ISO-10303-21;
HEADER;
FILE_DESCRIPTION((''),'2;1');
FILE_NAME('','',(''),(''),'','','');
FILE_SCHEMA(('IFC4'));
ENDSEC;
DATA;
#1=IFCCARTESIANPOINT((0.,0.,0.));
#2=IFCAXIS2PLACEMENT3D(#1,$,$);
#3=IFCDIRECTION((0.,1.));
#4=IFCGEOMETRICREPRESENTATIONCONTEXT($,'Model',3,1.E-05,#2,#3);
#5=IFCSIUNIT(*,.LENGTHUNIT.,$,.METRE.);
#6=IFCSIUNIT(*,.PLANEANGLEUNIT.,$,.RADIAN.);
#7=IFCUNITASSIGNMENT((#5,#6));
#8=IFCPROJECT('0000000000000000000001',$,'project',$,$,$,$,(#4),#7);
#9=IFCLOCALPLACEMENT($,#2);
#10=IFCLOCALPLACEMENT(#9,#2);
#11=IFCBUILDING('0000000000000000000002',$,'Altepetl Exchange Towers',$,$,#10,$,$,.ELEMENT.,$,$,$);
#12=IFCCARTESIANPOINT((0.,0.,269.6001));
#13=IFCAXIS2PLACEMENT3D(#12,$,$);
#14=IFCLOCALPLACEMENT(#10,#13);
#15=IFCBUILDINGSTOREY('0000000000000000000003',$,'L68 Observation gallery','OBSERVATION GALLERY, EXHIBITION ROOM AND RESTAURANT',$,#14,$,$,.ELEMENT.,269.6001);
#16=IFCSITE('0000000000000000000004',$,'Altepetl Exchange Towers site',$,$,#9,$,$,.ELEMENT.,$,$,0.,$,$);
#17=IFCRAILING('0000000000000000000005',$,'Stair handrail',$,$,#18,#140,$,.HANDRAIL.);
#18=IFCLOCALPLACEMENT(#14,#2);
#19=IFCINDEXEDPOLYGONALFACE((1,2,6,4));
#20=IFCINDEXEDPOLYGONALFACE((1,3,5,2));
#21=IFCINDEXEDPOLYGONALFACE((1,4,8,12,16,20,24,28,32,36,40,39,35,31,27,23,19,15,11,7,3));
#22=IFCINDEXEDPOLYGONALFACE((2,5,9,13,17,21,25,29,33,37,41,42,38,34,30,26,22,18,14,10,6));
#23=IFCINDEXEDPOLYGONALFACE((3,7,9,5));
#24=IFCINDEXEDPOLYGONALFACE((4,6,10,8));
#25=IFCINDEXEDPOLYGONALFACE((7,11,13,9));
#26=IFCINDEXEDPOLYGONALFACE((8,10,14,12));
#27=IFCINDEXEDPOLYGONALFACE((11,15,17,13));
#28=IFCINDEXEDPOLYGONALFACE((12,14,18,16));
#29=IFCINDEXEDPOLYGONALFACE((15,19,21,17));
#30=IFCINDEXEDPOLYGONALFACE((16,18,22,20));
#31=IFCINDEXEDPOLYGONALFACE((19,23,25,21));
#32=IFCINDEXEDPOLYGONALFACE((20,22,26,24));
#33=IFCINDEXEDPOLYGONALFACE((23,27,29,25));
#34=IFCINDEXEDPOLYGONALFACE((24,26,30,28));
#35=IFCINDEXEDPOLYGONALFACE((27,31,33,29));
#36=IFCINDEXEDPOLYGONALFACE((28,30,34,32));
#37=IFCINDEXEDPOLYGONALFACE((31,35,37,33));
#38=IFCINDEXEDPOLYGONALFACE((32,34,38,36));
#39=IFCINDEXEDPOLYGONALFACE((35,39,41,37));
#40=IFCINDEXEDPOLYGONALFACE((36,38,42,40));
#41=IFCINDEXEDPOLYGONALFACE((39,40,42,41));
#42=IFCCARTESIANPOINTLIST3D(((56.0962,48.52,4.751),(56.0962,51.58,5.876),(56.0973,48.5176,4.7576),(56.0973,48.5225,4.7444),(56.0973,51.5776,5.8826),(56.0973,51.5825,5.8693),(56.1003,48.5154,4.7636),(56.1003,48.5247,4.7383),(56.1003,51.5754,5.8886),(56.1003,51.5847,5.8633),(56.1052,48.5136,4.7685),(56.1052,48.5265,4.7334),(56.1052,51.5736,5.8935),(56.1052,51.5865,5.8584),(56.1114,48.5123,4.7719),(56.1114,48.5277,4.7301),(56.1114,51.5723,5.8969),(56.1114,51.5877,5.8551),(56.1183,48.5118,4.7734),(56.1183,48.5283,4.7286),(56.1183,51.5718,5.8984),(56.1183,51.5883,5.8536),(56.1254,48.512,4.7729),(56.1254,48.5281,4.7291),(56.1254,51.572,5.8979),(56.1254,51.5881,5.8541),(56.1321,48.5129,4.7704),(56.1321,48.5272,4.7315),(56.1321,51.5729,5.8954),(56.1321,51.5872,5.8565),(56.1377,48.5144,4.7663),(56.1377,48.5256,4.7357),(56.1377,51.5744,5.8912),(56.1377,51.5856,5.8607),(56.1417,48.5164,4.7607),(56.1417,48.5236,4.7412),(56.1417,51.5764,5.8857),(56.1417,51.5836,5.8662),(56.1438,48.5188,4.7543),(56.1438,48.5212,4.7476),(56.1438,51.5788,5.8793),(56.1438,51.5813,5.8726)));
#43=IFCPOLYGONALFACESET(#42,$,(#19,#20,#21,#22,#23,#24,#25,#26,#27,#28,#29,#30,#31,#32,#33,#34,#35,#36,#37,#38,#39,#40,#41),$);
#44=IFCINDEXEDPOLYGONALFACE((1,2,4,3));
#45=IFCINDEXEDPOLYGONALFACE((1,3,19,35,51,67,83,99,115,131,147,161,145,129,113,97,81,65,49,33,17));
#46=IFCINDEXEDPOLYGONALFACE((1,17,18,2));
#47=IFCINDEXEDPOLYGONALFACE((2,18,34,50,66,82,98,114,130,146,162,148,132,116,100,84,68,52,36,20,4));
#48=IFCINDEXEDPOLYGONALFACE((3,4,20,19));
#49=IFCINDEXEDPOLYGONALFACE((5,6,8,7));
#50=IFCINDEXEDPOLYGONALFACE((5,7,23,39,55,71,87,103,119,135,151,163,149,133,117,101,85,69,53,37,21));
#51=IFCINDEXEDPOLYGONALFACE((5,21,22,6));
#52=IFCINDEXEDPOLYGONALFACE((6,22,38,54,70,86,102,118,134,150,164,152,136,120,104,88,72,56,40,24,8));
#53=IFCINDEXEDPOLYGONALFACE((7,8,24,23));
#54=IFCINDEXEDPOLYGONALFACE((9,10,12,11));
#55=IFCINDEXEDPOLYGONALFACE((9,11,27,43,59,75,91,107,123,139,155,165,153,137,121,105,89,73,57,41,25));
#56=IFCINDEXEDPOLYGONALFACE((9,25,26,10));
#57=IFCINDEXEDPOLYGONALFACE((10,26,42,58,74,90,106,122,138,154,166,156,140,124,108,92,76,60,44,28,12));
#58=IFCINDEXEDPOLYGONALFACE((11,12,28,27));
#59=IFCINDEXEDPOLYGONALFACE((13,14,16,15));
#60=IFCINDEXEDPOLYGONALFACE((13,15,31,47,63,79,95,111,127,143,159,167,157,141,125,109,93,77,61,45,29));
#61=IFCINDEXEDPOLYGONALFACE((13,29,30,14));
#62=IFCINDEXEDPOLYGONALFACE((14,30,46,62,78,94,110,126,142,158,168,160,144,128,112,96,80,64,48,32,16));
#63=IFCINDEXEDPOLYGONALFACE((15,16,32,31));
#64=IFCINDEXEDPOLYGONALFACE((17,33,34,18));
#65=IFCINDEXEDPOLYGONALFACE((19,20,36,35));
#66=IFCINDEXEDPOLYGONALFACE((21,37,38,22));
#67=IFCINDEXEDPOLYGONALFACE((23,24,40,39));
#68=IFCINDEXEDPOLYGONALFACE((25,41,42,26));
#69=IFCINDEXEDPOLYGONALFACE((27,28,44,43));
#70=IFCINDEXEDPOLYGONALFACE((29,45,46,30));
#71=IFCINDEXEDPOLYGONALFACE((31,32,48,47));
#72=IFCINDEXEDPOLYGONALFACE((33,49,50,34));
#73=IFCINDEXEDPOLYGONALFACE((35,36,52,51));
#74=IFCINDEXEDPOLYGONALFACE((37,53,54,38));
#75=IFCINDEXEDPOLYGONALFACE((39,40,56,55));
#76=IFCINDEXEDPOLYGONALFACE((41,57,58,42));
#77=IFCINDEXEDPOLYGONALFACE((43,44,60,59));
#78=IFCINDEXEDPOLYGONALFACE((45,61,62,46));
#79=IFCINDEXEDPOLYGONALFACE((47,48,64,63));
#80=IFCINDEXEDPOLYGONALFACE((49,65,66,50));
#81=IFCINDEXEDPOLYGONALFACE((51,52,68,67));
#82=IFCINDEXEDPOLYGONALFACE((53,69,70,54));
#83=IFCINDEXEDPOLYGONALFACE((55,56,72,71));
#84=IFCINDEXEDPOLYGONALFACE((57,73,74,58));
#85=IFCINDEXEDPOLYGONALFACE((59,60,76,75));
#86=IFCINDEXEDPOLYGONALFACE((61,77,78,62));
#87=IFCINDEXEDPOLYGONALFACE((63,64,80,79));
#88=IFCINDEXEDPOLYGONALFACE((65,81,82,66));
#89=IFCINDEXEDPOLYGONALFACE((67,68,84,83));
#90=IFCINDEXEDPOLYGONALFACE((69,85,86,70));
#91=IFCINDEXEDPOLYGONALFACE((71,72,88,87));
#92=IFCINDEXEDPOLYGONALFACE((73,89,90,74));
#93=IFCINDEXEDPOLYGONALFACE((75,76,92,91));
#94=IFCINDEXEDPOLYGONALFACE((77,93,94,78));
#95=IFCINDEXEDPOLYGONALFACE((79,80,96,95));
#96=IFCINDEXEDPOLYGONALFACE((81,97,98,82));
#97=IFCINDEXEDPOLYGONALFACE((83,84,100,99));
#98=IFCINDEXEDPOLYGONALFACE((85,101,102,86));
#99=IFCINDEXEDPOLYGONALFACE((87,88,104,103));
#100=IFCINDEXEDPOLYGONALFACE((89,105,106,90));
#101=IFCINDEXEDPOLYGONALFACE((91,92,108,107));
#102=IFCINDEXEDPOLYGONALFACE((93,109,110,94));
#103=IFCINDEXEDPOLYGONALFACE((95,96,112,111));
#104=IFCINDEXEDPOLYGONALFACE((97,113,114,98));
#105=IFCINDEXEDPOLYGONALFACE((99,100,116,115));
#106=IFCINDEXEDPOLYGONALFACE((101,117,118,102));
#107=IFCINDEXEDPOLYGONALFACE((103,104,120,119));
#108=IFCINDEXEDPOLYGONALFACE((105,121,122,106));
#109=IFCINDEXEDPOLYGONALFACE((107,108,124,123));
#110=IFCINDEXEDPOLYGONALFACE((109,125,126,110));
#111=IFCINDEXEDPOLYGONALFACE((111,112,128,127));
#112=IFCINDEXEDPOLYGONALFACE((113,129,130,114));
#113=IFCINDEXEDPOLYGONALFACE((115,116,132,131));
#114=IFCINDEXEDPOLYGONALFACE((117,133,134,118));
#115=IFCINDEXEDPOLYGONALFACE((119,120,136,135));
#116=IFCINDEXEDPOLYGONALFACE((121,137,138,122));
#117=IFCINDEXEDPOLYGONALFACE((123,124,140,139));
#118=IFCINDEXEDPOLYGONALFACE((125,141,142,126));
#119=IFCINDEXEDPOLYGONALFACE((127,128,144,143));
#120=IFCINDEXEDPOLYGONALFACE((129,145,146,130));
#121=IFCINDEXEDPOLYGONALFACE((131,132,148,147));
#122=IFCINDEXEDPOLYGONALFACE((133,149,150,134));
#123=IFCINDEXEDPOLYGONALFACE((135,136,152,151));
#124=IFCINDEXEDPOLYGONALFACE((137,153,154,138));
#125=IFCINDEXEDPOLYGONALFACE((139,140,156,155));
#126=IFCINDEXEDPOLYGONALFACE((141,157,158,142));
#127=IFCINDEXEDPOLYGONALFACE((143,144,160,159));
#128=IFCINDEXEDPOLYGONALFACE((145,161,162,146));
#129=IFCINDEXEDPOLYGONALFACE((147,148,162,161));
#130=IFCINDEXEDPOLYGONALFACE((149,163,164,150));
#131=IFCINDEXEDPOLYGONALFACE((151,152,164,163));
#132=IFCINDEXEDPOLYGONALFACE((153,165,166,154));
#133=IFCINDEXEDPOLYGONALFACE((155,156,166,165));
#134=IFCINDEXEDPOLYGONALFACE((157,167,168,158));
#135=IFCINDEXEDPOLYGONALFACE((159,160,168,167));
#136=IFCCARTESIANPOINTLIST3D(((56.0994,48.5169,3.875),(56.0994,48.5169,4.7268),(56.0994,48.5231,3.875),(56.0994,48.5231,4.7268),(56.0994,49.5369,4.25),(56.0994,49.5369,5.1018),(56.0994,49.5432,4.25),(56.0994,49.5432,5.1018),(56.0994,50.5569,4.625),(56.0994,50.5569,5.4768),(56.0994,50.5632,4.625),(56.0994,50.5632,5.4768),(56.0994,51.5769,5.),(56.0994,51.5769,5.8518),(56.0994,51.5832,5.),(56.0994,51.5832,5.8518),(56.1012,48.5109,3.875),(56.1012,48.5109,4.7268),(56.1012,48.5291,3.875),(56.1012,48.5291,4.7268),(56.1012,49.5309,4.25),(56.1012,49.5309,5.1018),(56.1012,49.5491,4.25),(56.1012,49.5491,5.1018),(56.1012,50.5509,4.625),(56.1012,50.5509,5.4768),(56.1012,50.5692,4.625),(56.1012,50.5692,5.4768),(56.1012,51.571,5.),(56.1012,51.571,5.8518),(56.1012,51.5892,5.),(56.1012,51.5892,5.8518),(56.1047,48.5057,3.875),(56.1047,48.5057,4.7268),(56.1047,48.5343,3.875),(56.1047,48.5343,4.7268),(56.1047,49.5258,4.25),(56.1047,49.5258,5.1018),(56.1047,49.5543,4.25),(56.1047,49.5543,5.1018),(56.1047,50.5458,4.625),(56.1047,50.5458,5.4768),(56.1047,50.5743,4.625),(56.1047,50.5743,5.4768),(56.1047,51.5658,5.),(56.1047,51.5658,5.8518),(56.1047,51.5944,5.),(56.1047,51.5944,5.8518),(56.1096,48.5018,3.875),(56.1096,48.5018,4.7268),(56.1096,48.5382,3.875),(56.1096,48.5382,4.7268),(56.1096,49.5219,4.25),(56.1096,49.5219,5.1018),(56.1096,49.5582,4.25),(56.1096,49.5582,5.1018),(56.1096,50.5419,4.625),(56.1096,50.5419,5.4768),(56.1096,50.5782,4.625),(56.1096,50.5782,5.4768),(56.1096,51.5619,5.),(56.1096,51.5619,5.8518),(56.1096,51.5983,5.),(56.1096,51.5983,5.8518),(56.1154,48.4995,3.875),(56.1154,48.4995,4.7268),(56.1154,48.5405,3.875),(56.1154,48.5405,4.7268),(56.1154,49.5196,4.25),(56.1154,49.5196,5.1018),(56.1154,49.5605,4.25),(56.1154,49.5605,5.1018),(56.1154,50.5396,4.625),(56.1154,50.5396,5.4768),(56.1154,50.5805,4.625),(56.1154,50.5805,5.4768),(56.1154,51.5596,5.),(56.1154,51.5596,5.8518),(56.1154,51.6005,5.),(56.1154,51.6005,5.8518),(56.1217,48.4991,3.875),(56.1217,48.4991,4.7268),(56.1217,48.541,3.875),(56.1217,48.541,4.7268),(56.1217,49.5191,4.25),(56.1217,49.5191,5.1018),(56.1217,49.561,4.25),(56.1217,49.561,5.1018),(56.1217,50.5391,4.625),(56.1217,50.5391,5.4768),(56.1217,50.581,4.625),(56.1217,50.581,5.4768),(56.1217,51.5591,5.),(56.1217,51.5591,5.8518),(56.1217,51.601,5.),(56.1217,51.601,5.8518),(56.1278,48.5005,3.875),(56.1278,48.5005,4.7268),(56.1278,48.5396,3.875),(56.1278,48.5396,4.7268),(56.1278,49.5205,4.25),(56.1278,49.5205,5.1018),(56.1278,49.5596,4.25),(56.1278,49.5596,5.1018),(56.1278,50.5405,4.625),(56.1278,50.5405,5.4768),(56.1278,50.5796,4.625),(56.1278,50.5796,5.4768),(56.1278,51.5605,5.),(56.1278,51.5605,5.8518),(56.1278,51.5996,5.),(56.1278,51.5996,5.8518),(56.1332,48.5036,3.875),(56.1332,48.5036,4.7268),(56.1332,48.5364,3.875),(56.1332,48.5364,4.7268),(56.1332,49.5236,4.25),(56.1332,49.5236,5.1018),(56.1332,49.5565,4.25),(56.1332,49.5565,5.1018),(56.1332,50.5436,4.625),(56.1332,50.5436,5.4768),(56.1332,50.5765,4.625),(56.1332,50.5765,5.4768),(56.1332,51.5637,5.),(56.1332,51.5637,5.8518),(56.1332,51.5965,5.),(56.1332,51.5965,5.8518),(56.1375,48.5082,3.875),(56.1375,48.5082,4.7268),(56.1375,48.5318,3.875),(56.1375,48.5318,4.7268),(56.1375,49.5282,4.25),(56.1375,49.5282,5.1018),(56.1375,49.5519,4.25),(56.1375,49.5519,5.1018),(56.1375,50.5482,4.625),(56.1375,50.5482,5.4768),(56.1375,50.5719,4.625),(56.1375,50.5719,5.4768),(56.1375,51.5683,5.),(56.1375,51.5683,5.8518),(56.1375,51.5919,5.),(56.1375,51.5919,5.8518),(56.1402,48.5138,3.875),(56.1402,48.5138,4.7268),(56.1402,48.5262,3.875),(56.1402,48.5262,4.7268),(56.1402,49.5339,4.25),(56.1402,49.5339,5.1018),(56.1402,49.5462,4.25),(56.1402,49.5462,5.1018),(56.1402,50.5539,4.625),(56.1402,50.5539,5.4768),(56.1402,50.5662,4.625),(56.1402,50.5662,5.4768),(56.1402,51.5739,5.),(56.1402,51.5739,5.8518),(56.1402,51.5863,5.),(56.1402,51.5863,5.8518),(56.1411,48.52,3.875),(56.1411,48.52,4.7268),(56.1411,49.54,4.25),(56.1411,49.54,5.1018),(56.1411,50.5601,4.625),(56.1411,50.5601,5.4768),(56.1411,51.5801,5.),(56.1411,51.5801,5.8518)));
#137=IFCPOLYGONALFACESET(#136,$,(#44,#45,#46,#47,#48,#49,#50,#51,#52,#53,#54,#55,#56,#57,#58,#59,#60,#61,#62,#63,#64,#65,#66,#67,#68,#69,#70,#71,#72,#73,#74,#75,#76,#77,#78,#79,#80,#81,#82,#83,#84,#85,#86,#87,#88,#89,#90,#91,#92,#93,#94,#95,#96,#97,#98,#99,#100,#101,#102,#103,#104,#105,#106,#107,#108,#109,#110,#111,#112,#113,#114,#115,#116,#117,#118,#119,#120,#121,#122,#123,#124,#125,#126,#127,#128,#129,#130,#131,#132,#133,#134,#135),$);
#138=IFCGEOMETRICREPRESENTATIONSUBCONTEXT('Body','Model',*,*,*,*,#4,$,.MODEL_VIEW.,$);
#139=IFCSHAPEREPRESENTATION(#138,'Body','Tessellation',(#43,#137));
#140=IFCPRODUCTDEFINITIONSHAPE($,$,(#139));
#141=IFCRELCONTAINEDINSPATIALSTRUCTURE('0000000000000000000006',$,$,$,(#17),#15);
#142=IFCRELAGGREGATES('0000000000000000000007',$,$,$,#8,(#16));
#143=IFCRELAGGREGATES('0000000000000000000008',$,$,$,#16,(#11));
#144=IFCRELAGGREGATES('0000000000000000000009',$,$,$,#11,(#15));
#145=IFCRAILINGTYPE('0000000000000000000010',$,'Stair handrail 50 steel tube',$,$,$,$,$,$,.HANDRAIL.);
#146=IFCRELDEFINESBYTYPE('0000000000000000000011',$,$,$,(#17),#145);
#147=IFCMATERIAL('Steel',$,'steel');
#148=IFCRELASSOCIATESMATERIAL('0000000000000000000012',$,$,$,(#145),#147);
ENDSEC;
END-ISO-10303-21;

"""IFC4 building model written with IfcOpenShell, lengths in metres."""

from ifc_helpers import new_model, si_unit, direction, frame, origin, origin_2d, place, context, subcontext, project, spatial, circle, extrude, source, transform, mapped, material, type_object, element, save


model = new_model("IFC4")

# Units and contexts
model_context = context("Model", 3, precision=1e-05, world=origin(), true_north=direction((0.0, 1.0)))
body_context = subcontext(model_context, "Body", "Model", "MODEL_VIEW")
ifc_project = project(units=[si_unit("LENGTHUNIT", "METRE"), si_unit("PLANEANGLEUNIT", "RADIAN")], contexts=[model_context])

# Site, building, storey
site_placement = place(None, origin())
site = spatial("IfcSite", under=ifc_project, at=site_placement, Name="Altepetl Exchange Towers site", CompositionType="ELEMENT", RefElevation=0.0)
building_placement = place(site_placement, origin())
building = spatial("IfcBuilding", under=site, at=building_placement, Name="Altepetl Exchange Towers", CompositionType="ELEMENT")
storey_placement = place(building_placement, frame((0.0, 0.0, 269.6001)))
storey = spatial("IfcBuildingStorey", under=building, at=storey_placement, Name="L68 Observation gallery", Description="OBSERVATION GALLERY, EXHIBITION ROOM AND RESTAURANT", CompositionType="ELEMENT", Elevation=269.6001)

# Railing
ifc_material_1 = material(Name="Steel", Category="steel")
railing_type = type_object("IfcRailingType", Name="Stair handrail 50 steel tube", PredefinedType="HANDRAIL", material=ifc_material_1)
shared_shape = source(origin(), body_context, "Body", "SweptSolid", [
    extrude(circle(Radius=0.021, at=origin_2d()), origin(), (0.0, 0.0, 1.0), 0.8518),
])
for number, where, name in (
    (1, (56.1201, 48.52, 3.875), "Stair handrail"),
):
    element("IfcRailing", number, at=place(storey_placement, frame(where)), inside=storey, type_object=railing_type, Name=name, PredefinedType="HANDRAIL", context=body_context, shape_type="SweptSolid", body=[
        extrude(circle(Radius=0.0239, at=origin_2d()), frame((0.0, 0.0, 0.876), z_axis=(0.0, 0.938581, 0.34506), x_axis=(-1.0, 0.0, 0.0)), (0.0, 0.0, 1.0), 3.2603),
        mapped(shared_shape, transform((0.0, 0.0, 0.0))),
        mapped(shared_shape, transform((0.0, 1.02, 0.375))),
        mapped(shared_shape, transform((0.0, 2.04, 0.75))),
        mapped(shared_shape, transform((0.0, 3.0601, 1.125))),
    ])

save(model, "model.ifc")
